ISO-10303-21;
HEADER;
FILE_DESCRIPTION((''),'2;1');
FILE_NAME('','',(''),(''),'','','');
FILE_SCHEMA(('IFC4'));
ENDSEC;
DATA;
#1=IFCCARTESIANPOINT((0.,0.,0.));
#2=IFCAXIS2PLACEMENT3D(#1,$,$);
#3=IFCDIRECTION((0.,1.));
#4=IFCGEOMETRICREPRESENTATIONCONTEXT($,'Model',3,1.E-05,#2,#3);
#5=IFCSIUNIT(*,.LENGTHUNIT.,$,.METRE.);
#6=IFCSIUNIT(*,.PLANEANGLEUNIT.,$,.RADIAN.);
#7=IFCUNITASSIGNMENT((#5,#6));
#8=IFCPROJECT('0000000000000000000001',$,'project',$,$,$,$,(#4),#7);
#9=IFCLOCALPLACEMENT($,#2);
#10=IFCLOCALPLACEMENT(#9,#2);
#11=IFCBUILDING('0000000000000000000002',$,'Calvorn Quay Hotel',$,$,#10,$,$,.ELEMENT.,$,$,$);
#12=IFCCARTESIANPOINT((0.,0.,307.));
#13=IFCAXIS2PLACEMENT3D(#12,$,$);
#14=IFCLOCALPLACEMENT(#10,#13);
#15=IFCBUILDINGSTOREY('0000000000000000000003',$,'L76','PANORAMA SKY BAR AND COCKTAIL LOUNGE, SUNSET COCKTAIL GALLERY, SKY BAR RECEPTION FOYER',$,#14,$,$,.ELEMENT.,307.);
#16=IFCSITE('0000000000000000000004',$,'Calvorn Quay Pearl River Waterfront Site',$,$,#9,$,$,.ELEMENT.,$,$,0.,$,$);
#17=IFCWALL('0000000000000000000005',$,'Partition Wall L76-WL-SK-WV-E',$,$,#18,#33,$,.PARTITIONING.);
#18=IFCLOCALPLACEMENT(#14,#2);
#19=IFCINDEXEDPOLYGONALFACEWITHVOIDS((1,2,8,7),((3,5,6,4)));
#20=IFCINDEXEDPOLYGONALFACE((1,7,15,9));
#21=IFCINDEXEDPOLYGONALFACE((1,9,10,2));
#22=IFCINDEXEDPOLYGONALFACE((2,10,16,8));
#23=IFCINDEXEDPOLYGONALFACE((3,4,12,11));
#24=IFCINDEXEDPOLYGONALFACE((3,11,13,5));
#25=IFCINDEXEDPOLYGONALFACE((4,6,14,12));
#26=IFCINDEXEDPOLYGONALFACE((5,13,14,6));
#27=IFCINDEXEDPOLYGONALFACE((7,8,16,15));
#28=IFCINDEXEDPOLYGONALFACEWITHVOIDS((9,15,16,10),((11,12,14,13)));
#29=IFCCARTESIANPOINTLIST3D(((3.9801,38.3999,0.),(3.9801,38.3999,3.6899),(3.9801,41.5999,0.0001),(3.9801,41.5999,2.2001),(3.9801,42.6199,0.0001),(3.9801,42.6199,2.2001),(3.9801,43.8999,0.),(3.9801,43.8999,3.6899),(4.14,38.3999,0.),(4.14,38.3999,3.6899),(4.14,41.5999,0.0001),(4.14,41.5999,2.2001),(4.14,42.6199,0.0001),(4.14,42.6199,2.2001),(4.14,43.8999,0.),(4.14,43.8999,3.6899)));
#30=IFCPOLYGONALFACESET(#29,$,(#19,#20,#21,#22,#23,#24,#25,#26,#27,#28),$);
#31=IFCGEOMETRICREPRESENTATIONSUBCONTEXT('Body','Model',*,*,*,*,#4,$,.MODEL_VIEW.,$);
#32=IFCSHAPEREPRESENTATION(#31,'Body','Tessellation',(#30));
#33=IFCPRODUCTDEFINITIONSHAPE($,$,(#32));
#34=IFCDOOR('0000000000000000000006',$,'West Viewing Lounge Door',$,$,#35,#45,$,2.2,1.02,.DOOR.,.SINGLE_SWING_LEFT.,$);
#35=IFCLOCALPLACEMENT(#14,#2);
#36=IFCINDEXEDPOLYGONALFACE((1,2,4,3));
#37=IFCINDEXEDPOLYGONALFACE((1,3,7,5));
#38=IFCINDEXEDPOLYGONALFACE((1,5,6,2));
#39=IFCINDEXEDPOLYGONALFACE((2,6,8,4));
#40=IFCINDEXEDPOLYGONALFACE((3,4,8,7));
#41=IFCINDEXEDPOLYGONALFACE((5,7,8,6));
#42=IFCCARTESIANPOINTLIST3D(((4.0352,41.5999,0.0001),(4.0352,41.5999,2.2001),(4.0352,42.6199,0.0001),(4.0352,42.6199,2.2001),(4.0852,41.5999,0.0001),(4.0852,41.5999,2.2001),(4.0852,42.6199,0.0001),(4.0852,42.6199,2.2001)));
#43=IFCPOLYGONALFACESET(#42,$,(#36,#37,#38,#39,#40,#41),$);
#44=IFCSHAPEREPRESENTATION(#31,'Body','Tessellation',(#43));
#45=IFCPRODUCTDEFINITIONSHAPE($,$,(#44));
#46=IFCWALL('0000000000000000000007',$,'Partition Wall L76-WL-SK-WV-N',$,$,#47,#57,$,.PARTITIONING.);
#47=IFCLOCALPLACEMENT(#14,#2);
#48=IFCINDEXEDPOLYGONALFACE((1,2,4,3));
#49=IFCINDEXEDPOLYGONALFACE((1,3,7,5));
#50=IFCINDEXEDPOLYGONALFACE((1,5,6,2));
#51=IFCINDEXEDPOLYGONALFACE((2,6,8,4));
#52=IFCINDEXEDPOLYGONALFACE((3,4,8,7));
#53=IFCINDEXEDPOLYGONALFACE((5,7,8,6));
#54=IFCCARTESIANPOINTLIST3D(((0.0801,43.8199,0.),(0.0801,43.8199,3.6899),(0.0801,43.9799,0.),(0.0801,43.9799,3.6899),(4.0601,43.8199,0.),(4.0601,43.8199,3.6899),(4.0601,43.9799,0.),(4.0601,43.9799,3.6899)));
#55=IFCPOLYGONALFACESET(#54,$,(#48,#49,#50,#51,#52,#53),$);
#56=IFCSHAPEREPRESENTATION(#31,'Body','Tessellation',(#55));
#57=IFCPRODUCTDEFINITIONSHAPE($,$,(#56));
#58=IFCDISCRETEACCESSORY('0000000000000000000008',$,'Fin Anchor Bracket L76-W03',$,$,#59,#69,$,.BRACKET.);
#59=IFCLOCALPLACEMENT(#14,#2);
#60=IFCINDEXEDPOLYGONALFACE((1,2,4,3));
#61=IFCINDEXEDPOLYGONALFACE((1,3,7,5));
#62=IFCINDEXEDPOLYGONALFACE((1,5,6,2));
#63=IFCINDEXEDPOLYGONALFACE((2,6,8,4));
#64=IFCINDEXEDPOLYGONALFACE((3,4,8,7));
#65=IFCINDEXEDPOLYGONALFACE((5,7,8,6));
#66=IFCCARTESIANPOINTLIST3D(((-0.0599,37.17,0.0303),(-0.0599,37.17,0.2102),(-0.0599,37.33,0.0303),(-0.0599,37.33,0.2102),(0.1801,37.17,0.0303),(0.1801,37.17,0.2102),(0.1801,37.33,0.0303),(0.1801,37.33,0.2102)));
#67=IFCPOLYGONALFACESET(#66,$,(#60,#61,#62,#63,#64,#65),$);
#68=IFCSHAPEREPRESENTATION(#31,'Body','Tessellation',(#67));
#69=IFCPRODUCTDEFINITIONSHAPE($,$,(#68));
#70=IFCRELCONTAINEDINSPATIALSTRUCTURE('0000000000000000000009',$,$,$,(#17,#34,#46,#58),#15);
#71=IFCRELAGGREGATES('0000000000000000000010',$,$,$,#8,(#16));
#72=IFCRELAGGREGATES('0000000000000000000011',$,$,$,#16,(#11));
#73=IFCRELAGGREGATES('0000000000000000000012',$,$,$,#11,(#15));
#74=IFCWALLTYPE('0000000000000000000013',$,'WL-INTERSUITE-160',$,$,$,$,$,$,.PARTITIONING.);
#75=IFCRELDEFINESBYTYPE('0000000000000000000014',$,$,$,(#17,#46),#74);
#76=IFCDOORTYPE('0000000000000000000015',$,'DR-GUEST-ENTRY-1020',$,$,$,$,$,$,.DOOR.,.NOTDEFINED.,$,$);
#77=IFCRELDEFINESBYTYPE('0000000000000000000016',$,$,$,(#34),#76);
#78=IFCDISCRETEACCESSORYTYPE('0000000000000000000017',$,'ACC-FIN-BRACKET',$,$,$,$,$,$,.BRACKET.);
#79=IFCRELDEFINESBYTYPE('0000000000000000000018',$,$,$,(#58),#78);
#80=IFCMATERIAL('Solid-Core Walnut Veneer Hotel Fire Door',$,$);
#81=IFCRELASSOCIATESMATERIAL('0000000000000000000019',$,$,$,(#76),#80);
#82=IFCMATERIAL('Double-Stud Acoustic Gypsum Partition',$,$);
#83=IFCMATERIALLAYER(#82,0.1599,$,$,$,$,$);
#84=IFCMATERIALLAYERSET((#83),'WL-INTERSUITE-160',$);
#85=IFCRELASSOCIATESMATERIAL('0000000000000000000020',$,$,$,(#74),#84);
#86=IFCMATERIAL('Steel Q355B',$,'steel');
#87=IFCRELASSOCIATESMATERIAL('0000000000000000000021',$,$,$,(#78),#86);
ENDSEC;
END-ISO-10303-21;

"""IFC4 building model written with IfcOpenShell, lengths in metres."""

from ifc_helpers import new_model, si_unit, direction, frame, frame_2d, origin, origin_2d, place, context, subcontext, project, spatial, rectangle, extrude, material, layer, layer_set, type_object, element, fill, save


model = new_model("IFC4")

# Units and contexts
model_context = context("Model", 3, precision=1e-05, world=origin(), true_north=direction((0.0, 1.0)))
body_context = subcontext(model_context, "Body", "Model", "MODEL_VIEW")
ifc_project = project(units=[si_unit("LENGTHUNIT", "METRE"), si_unit("PLANEANGLEUNIT", "RADIAN")], contexts=[model_context])

# Site, building, storey
site_placement = place(None, origin())
site = spatial("IfcSite", under=ifc_project, at=site_placement, Name="Calvorn Quay Pearl River Waterfront Site", CompositionType="ELEMENT", RefElevation=0.0)
building_placement = place(site_placement, origin())
building = spatial("IfcBuilding", under=site, at=building_placement, Name="Calvorn Quay Hotel", CompositionType="ELEMENT")
storey_placement = place(building_placement, frame((0.0, 0.0, 307.0)))
storey = spatial("IfcBuildingStorey", under=building, at=storey_placement, Name="L76", Description="PANORAMA SKY BAR AND COCKTAIL LOUNGE, SUNSET COCKTAIL GALLERY, SKY BAR RECEPTION FOYER", CompositionType="ELEMENT", Elevation=307.0)

# Shared definitions
ifc_material_1 = material(Name="Solid-Core Walnut Veneer Hotel Fire Door")
door_type_1 = type_object("IfcDoorType", Name="DR-GUEST-ENTRY-1020", OperationType="NOTDEFINED", PredefinedType="DOOR", material=ifc_material_1)

# Wall, opening, door
ifc_material_2 = material(Name="Double-Stud Acoustic Gypsum Partition")
ifc_layer_1 = layer(ifc_material_2, 0.1599)
ifc_layer_set_1 = layer_set([ifc_layer_1], Name="WL-INTERSUITE-160")
wall_type_1 = type_object("IfcWallType", Name="WL-INTERSUITE-160", PredefinedType="PARTITIONING", material=ifc_layer_set_1)
wall_1_placement = place(storey_placement, frame((4.0601, 38.3999, 0.0), z_axis=(0.0, 0.0, 1.0), x_axis=(0.0, 1.0, 0.0)))
wall_1 = element("IfcWall", 1, at=wall_1_placement, inside=storey, type_object=wall_type_1, Name="Partition Wall L76-WL-SK-WV-E", PredefinedType="PARTITIONING", context=body_context, shape_type="SweptSolid", body=[
    extrude(rectangle(XDim=5.5, YDim=0.1599, at=frame_2d((2.75, 0.0))), origin(), (0.0, 0.0, 1.0), 3.6899),
])
opening_1_placement = place(wall_1_placement, frame((3.2, 0.0, 0.0)))
opening_1 = element("IfcOpeningElement", 2, at=opening_1_placement, cuts=wall_1, PredefinedType="OPENING", context=body_context, shape_type="SweptSolid", body=[
    extrude(rectangle(XDim=1.02, YDim=2.2, at=frame_2d((0.51, 1.1001))), frame((0.0, 0.0898, 0.0), z_axis=(0.0, -1.0, 0.0), x_axis=(1.0, 0.0, 0.0)), (0.0, 0.0, 1.0), 0.1799),
])
door_1_placement = place(opening_1_placement, origin())
door_1 = element("IfcDoor", 3, at=door_1_placement, inside=storey, type_object=door_type_1, Name="West Viewing Lounge Door", OperationType="SINGLE_SWING_LEFT", OverallHeight=2.2, OverallWidth=1.02, PredefinedType="DOOR", context=body_context, shape_type="SweptSolid", body=[
    extrude(rectangle(XDim=1.02, YDim=2.2, at=frame_2d((0.51, 1.1001))), frame((0.0, 0.0249, 0.0), z_axis=(0.0, -1.0, 0.0), x_axis=(1.0, 0.0, 0.0)), (0.0, 0.0, 1.0), 0.05),
])
fill(opening_1, door_1)

# Wall
wall_2_placement = place(storey_placement, frame((0.0801, 43.8999, 0.0), z_axis=(0.0, 0.0, 1.0), x_axis=(1.0, 0.0, 0.0)))
element("IfcWall", 4, at=wall_2_placement, inside=storey, type_object=wall_type_1, Name="Partition Wall L76-WL-SK-WV-N", PredefinedType="PARTITIONING", context=body_context, shape_type="SweptSolid", body=[
    extrude(rectangle(XDim=3.98, YDim=0.1599, at=frame_2d((1.99, 0.0))), origin(), (0.0, 0.0, 1.0), 3.6899),
])

# Discrete accessory
ifc_material_3 = material(Name="Steel Q355B", Category="steel")
discrete_accessory_type = type_object("IfcDiscreteAccessoryType", Name="ACC-FIN-BRACKET", PredefinedType="BRACKET", material=ifc_material_3)
discrete_accessory_placement = place(storey_placement, frame((0.0601, 37.25, 0.0303), z_axis=(0.0, 0.0, 1.0), x_axis=(1.0, 0.0, 0.0)))
element("IfcDiscreteAccessory", 5, at=discrete_accessory_placement, inside=storey, type_object=discrete_accessory_type, Name="Fin Anchor Bracket L76-W03", PredefinedType="BRACKET", context=body_context, shape_type="SweptSolid", body=[
    extrude(rectangle(XDim=0.24, YDim=0.1599, at=origin_2d()), origin(), (0.0, 0.0, 1.0), 0.1799),
])

save(model, "model.ifc")
